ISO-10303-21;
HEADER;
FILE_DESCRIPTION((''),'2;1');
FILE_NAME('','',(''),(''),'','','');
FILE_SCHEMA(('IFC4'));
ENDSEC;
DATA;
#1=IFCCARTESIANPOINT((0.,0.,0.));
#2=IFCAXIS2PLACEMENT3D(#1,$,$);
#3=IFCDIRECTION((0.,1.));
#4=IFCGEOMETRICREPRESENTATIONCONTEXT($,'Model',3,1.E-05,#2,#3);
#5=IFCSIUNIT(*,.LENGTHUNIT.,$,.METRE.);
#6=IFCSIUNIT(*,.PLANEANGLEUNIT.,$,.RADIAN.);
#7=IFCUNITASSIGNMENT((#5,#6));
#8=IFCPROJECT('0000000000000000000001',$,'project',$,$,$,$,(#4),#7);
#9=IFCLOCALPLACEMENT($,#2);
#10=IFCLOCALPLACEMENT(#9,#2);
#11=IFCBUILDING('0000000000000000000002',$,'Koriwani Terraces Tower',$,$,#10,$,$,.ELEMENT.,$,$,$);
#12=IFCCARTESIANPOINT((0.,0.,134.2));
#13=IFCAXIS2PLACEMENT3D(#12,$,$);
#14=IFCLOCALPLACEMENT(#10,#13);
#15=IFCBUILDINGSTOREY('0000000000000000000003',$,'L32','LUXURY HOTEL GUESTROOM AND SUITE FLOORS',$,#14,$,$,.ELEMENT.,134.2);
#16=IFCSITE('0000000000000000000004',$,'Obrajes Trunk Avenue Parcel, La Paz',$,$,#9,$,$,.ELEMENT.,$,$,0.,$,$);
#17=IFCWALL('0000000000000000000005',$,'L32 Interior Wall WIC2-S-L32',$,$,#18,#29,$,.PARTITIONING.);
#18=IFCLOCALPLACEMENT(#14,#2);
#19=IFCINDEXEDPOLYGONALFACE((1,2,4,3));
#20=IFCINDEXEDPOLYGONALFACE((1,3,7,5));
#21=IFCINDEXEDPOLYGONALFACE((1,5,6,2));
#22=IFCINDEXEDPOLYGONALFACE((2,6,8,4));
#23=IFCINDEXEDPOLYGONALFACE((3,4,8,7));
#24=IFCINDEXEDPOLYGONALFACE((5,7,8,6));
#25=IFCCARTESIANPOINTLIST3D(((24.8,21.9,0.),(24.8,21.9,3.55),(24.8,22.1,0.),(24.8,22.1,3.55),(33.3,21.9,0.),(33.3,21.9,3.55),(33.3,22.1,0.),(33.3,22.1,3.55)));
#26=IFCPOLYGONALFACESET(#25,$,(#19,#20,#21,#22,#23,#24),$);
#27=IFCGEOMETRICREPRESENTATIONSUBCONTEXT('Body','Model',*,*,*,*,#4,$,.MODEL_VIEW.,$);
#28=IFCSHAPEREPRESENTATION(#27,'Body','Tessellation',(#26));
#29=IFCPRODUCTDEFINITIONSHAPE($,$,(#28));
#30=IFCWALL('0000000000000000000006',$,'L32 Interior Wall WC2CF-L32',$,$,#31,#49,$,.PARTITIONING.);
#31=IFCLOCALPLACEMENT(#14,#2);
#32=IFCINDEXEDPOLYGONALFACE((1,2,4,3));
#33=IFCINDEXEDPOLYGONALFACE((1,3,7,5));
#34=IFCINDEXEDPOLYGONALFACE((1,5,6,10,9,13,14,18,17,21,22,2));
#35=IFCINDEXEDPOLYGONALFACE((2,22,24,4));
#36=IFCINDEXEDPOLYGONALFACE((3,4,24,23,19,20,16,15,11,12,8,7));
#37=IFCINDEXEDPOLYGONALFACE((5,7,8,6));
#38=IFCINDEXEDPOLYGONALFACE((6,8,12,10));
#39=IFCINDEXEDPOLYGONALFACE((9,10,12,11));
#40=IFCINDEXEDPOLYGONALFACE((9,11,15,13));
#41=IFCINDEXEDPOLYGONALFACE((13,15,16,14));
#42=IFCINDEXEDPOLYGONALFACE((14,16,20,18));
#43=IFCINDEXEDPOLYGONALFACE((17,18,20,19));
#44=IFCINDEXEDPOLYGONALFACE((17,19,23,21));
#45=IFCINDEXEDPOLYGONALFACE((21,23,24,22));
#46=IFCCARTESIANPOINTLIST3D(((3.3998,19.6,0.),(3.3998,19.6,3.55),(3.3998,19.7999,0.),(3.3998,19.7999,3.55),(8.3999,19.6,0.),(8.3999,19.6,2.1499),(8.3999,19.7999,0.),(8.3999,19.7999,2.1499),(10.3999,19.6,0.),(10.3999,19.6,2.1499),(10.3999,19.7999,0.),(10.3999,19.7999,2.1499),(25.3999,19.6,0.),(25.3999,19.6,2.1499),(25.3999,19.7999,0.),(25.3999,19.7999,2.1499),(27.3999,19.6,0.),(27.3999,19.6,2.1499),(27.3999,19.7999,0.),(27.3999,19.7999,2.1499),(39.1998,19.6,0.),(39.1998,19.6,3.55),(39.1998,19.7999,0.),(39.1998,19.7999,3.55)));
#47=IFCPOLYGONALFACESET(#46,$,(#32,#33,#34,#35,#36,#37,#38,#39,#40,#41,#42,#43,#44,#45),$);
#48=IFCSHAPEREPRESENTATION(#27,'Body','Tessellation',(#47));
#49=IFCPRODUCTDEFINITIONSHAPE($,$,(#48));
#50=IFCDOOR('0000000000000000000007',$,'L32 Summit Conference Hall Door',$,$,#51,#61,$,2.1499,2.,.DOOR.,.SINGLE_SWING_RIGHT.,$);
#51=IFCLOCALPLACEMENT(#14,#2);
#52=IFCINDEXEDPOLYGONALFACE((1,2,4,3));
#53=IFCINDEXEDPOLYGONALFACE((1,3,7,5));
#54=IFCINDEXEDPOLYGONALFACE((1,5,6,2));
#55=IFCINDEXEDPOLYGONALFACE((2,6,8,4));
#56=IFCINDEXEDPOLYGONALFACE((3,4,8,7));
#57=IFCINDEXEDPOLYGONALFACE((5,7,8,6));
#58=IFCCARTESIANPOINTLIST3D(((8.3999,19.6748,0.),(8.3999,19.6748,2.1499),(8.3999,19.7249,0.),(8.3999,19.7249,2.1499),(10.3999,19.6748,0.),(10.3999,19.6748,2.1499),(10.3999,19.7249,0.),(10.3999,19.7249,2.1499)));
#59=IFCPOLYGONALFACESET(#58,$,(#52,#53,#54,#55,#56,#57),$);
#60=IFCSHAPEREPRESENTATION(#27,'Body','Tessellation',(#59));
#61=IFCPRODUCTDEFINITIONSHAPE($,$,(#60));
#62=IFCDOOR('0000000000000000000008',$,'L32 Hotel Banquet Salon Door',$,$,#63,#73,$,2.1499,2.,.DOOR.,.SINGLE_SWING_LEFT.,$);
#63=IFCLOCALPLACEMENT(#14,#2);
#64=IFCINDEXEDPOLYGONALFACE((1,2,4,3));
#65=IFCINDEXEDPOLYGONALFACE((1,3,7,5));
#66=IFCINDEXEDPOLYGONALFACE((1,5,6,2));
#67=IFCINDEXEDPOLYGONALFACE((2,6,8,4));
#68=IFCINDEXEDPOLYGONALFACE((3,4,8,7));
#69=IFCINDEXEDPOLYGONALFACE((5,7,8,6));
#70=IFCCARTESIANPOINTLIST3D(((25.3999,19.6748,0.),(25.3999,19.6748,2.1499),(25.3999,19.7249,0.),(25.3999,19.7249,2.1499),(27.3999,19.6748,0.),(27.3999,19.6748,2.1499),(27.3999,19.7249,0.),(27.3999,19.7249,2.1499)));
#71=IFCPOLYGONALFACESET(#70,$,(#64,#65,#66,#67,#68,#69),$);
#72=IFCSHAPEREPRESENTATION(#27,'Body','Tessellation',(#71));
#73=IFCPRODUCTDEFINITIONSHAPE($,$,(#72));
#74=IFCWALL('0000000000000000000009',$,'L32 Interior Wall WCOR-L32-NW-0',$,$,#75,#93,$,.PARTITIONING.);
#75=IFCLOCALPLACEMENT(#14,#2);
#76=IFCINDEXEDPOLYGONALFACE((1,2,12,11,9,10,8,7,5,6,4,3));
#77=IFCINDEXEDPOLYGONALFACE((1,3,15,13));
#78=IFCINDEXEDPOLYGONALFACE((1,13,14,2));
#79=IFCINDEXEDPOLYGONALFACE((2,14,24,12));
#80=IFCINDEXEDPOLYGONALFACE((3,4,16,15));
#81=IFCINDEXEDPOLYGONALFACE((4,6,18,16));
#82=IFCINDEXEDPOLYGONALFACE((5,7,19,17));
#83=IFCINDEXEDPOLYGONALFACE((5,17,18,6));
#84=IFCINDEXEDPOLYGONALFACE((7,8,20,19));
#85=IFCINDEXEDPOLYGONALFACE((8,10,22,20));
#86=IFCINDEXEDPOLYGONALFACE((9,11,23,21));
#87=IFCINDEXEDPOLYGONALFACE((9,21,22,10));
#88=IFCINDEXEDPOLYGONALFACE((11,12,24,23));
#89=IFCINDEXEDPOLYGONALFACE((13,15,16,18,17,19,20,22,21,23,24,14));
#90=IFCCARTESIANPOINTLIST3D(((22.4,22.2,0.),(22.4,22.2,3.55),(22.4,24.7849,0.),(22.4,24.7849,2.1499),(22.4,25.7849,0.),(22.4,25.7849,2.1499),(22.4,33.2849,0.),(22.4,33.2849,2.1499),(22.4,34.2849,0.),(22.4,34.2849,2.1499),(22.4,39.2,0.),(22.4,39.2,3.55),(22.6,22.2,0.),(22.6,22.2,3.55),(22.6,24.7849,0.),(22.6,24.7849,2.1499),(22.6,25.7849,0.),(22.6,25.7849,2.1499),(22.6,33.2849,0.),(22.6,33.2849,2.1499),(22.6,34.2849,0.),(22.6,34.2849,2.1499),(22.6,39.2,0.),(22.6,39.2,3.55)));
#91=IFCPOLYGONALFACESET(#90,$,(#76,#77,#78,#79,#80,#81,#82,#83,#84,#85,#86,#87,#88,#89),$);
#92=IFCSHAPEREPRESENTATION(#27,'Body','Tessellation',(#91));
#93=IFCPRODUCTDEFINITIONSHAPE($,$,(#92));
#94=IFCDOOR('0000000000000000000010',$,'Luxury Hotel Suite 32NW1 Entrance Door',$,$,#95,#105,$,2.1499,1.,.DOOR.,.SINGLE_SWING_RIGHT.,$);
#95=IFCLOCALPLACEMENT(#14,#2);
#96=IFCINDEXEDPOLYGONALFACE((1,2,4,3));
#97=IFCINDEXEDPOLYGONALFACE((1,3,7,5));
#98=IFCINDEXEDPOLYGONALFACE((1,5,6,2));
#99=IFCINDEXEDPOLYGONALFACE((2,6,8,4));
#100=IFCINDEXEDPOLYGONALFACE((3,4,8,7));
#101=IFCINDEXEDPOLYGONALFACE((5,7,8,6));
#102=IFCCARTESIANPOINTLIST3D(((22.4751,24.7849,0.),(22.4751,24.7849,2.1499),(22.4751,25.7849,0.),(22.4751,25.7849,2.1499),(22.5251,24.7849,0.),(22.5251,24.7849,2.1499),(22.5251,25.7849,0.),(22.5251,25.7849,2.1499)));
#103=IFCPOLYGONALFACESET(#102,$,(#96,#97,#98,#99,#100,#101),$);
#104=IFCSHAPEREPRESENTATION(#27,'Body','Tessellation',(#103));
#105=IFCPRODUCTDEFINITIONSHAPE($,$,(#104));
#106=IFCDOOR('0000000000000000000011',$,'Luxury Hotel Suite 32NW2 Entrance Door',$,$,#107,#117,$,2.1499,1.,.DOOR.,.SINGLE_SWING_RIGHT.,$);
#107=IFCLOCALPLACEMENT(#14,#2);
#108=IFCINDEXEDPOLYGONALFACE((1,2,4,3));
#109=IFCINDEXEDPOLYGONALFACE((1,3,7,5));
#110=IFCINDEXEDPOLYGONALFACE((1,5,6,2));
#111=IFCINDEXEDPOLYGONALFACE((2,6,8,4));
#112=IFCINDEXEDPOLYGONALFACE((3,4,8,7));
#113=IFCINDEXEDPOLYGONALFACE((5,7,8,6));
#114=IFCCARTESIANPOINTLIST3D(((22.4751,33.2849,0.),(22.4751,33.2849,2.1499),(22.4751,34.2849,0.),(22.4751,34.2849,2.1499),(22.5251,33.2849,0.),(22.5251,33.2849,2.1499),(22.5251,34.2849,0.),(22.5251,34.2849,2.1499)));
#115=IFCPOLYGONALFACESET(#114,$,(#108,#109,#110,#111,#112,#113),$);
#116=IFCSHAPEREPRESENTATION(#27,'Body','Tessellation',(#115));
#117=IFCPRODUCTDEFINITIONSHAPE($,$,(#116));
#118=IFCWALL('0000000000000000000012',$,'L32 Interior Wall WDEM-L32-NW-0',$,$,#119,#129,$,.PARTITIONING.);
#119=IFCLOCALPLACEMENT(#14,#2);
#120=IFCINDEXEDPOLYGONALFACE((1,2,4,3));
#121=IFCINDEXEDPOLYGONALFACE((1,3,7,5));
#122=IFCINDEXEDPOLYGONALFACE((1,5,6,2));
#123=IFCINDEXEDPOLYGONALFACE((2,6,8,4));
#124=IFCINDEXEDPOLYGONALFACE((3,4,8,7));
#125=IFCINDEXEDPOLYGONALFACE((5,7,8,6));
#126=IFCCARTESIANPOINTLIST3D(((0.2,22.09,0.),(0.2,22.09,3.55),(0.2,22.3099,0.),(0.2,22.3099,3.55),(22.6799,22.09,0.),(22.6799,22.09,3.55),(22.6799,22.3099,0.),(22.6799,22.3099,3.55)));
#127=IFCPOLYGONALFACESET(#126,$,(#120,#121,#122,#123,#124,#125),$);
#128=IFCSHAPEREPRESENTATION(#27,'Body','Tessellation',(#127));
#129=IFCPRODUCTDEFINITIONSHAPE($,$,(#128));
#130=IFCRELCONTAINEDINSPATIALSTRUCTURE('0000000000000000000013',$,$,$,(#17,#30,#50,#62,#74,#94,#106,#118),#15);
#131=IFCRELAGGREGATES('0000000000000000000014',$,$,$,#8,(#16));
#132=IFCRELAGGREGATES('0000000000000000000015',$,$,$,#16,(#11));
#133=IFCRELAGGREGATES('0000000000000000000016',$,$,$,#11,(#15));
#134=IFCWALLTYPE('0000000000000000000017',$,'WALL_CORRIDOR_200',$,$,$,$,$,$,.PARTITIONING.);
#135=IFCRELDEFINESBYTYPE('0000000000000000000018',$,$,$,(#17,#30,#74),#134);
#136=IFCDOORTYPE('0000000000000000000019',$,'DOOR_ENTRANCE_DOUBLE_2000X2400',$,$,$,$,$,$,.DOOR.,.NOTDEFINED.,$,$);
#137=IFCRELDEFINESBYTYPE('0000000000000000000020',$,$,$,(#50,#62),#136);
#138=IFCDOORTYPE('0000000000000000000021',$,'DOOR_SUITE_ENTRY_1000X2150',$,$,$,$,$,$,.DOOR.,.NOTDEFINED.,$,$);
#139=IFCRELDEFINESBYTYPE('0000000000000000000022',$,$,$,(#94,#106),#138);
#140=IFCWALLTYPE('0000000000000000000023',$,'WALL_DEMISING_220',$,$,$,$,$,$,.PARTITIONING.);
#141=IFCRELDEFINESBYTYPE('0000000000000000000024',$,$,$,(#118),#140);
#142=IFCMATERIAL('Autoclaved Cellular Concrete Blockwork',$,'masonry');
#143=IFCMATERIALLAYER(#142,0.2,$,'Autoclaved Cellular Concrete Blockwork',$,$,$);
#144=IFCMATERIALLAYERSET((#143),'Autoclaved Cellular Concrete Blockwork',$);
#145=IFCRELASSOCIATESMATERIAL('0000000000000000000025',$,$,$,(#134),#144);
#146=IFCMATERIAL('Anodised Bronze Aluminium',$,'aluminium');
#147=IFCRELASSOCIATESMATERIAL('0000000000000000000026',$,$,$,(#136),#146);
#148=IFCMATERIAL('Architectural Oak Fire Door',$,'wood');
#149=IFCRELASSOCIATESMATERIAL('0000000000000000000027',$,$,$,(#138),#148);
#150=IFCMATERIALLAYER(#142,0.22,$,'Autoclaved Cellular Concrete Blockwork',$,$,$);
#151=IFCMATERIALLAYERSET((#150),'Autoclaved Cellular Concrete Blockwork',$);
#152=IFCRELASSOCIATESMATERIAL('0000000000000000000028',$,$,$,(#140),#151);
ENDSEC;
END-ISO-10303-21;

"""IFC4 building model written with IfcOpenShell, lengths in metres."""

from ifc_helpers import new_model, si_unit, direction, frame, frame_2d, origin, place, context, subcontext, project, spatial, rectangle, extrude, material, layer, layer_set, type_object, element, fill, save


model = new_model("IFC4")

# Units and contexts
model_context = context("Model", 3, precision=1e-05, world=origin(), true_north=direction((0.0, 1.0)))
body_context = subcontext(model_context, "Body", "Model", "MODEL_VIEW")
ifc_project = project(units=[si_unit("LENGTHUNIT", "METRE"), si_unit("PLANEANGLEUNIT", "RADIAN")], contexts=[model_context])

# Site, building, storey
site_placement = place(None, origin())
site = spatial("IfcSite", under=ifc_project, at=site_placement, Name="Obrajes Trunk Avenue Parcel, La Paz", CompositionType="ELEMENT", RefElevation=0.0)
building_placement = place(site_placement, origin())
building = spatial("IfcBuilding", under=site, at=building_placement, Name="Koriwani Terraces Tower", CompositionType="ELEMENT")
storey_placement = place(building_placement, frame((0.0, 0.0, 134.2)))
storey = spatial("IfcBuildingStorey", under=building, at=storey_placement, Name="L32", Description="LUXURY HOTEL GUESTROOM AND SUITE FLOORS", CompositionType="ELEMENT", Elevation=134.2)

# Shared definitions
ifc_material_1 = material(Name="Autoclaved Cellular Concrete Blockwork", Category="masonry")
ifc_layer_1 = layer(ifc_material_1, 0.2, Name="Autoclaved Cellular Concrete Blockwork")
ifc_layer_set_1 = layer_set([ifc_layer_1], Name="Autoclaved Cellular Concrete Blockwork")
wall_type_1 = type_object("IfcWallType", Name="WALL_CORRIDOR_200", PredefinedType="PARTITIONING", material=ifc_layer_set_1)
ifc_material_2 = material(Name="Architectural Oak Fire Door", Category="wood")

# Wall
wall_1_placement = place(storey_placement, frame((24.8, 22.0, 0.0), z_axis=(0.0, 0.0, 1.0), x_axis=(1.0, 0.0, 0.0)))
element("IfcWall", 1, at=wall_1_placement, inside=storey, type_object=wall_type_1, Name="L32 Interior Wall WIC2-S-L32", PredefinedType="PARTITIONING", context=body_context, shape_type="SweptSolid", body=[
    extrude(rectangle(XDim=8.5, YDim=0.2, at=frame_2d((4.25, 0.0))), origin(), (0.0, 0.0, 1.0), 3.55),
])

# Walls, openings, doors
wall_2_placement = place(storey_placement, frame((3.3999, 19.7, 0.0), z_axis=(0.0, 0.0, 1.0), x_axis=(1.0, 0.0, 0.0)))
wall_2 = element("IfcWall", 2, at=wall_2_placement, inside=storey, type_object=wall_type_1, Name="L32 Interior Wall WC2CF-L32", PredefinedType="PARTITIONING", context=body_context, shape_type="SweptSolid", body=[
    extrude(rectangle(XDim=35.8, YDim=0.2, at=frame_2d((17.8999, 0.0))), origin(), (0.0, 0.0, 1.0), 3.55),
])
opening_1_placement = place(wall_2_placement, frame((5.0, 0.0, 0.0)))
opening_1 = element("IfcOpeningElement", 3, at=opening_1_placement, cuts=wall_2, PredefinedType="OPENING", context=body_context, shape_type="SweptSolid", body=[
    extrude(rectangle(XDim=2.0, YDim=2.1499, at=frame_2d((1.0, 1.075))), frame((0.0, 0.1099, 0.0), z_axis=(0.0, -1.0, 0.0), x_axis=(1.0, 0.0, 0.0)), (0.0, 0.0, 1.0), 0.22),
])
opening_2_placement = place(wall_2_placement, frame((22.0, 0.0, 0.0)))
opening_2 = element("IfcOpeningElement", 4, at=opening_2_placement, cuts=wall_2, PredefinedType="OPENING", context=body_context, shape_type="SweptSolid", body=[
    extrude(rectangle(XDim=2.0, YDim=2.1499, at=frame_2d((1.0, 1.075))), frame((0.0, 0.1099, 0.0), z_axis=(0.0, -1.0, 0.0), x_axis=(1.0, 0.0, 0.0)), (0.0, 0.0, 1.0), 0.22),
])
ifc_material_3 = material(Name="Anodised Bronze Aluminium", Category="aluminium")
door_type_1 = type_object("IfcDoorType", Name="DOOR_ENTRANCE_DOUBLE_2000X2400", OperationType="NOTDEFINED", PredefinedType="DOOR", material=ifc_material_3)
door_1_placement = place(opening_1_placement, origin())
door_1 = element("IfcDoor", 5, at=door_1_placement, inside=storey, type_object=door_type_1, Name="L32 Summit Conference Hall Door", OperationType="SINGLE_SWING_RIGHT", OverallHeight=2.1499, OverallWidth=2.0, PredefinedType="DOOR", context=body_context, shape_type="SweptSolid", body=[
    extrude(rectangle(XDim=2.0, YDim=2.1499, at=frame_2d((1.0, 1.075))), frame((0.0, 0.0249, 0.0), z_axis=(0.0, -1.0, 0.0), x_axis=(1.0, 0.0, 0.0)), (0.0, 0.0, 1.0), 0.05),
])
fill(opening_1, door_1)
door_2_placement = place(opening_2_placement, origin())
door_2 = element("IfcDoor", 6, at=door_2_placement, inside=storey, type_object=door_type_1, Name="L32 Hotel Banquet Salon Door", OperationType="SINGLE_SWING_LEFT", OverallHeight=2.1499, OverallWidth=2.0, PredefinedType="DOOR", context=body_context, shape_type="SweptSolid", body=[
    extrude(rectangle(XDim=2.0, YDim=2.1499, at=frame_2d((1.0, 1.075))), frame((0.0, 0.0249, 0.0), z_axis=(0.0, -1.0, 0.0), x_axis=(1.0, 0.0, 0.0)), (0.0, 0.0, 1.0), 0.05),
])
fill(opening_2, door_2)
wall_3_placement = place(storey_placement, frame((22.5, 22.2, 0.0), z_axis=(0.0, 0.0, 1.0), x_axis=(0.0, 1.0, 0.0)))
wall_3 = element("IfcWall", 7, at=wall_3_placement, inside=storey, type_object=wall_type_1, Name="L32 Interior Wall WCOR-L32-NW-0", PredefinedType="PARTITIONING", context=body_context, shape_type="SweptSolid", body=[
    extrude(rectangle(XDim=17.0, YDim=0.2, at=frame_2d((8.5, 0.0))), origin(), (0.0, 0.0, 1.0), 3.55),
])
opening_3_placement = place(wall_3_placement, frame((2.585, 0.0, 0.0)))
opening_3 = element("IfcOpeningElement", 8, at=opening_3_placement, cuts=wall_3, PredefinedType="OPENING", context=body_context, shape_type="SweptSolid", body=[
    extrude(rectangle(XDim=1.0, YDim=2.1499, at=frame_2d((0.5, 1.075))), frame((0.0, 0.1099, 0.0), z_axis=(0.0, -1.0, 0.0), x_axis=(1.0, 0.0, 0.0)), (0.0, 0.0, 1.0), 0.22),
])
opening_4_placement = place(wall_3_placement, frame((11.085, 0.0, 0.0)))
opening_4 = element("IfcOpeningElement", 9, at=opening_4_placement, cuts=wall_3, PredefinedType="OPENING", context=body_context, shape_type="SweptSolid", body=[
    extrude(rectangle(XDim=1.0, YDim=2.1499, at=frame_2d((0.5, 1.075))), frame((0.0, 0.1099, 0.0), z_axis=(0.0, -1.0, 0.0), x_axis=(1.0, 0.0, 0.0)), (0.0, 0.0, 1.0), 0.22),
])
door_type_2 = type_object("IfcDoorType", Name="DOOR_SUITE_ENTRY_1000X2150", OperationType="NOTDEFINED", PredefinedType="DOOR", material=ifc_material_2)
door_3_placement = place(opening_3_placement, origin())
door_3 = element("IfcDoor", 10, at=door_3_placement, inside=storey, type_object=door_type_2, Name="Luxury Hotel Suite 32NW1 Entrance Door", OperationType="SINGLE_SWING_RIGHT", OverallHeight=2.1499, OverallWidth=1.0, PredefinedType="DOOR", context=body_context, shape_type="SweptSolid", body=[
    extrude(rectangle(XDim=1.0, YDim=2.1499, at=frame_2d((0.5, 1.075))), frame((0.0, 0.0249, 0.0), z_axis=(0.0, -1.0, 0.0), x_axis=(1.0, 0.0, 0.0)), (0.0, 0.0, 1.0), 0.05),
])
fill(opening_3, door_3)
door_4_placement = place(opening_4_placement, origin())
door_4 = element("IfcDoor", 11, at=door_4_placement, inside=storey, type_object=door_type_2, Name="Luxury Hotel Suite 32NW2 Entrance Door", OperationType="SINGLE_SWING_RIGHT", OverallHeight=2.1499, OverallWidth=1.0, PredefinedType="DOOR", context=body_context, shape_type="SweptSolid", body=[
    extrude(rectangle(XDim=1.0, YDim=2.1499, at=frame_2d((0.5, 1.075))), frame((0.0, 0.0249, 0.0), z_axis=(0.0, -1.0, 0.0), x_axis=(1.0, 0.0, 0.0)), (0.0, 0.0, 1.0), 0.05),
])
fill(opening_4, door_4)

# Wall
ifc_layer_2 = layer(ifc_material_1, 0.22, Name="Autoclaved Cellular Concrete Blockwork")
ifc_layer_set_2 = layer_set([ifc_layer_2], Name="Autoclaved Cellular Concrete Blockwork")
wall_type_2 = type_object("IfcWallType", Name="WALL_DEMISING_220", PredefinedType="PARTITIONING", material=ifc_layer_set_2)
wall_4_placement = place(storey_placement, frame((0.2, 22.2, 0.0), z_axis=(0.0, 0.0, 1.0), x_axis=(1.0, 0.0, 0.0)))
element("IfcWall", 12, at=wall_4_placement, inside=storey, type_object=wall_type_2, Name="L32 Interior Wall WDEM-L32-NW-0", PredefinedType="PARTITIONING", context=body_context, shape_type="SweptSolid", body=[
    extrude(rectangle(XDim=22.48, YDim=0.22, at=frame_2d((11.24, 0.0))), origin(), (0.0, 0.0, 1.0), 3.55),
])

save(model, "model.ifc")
